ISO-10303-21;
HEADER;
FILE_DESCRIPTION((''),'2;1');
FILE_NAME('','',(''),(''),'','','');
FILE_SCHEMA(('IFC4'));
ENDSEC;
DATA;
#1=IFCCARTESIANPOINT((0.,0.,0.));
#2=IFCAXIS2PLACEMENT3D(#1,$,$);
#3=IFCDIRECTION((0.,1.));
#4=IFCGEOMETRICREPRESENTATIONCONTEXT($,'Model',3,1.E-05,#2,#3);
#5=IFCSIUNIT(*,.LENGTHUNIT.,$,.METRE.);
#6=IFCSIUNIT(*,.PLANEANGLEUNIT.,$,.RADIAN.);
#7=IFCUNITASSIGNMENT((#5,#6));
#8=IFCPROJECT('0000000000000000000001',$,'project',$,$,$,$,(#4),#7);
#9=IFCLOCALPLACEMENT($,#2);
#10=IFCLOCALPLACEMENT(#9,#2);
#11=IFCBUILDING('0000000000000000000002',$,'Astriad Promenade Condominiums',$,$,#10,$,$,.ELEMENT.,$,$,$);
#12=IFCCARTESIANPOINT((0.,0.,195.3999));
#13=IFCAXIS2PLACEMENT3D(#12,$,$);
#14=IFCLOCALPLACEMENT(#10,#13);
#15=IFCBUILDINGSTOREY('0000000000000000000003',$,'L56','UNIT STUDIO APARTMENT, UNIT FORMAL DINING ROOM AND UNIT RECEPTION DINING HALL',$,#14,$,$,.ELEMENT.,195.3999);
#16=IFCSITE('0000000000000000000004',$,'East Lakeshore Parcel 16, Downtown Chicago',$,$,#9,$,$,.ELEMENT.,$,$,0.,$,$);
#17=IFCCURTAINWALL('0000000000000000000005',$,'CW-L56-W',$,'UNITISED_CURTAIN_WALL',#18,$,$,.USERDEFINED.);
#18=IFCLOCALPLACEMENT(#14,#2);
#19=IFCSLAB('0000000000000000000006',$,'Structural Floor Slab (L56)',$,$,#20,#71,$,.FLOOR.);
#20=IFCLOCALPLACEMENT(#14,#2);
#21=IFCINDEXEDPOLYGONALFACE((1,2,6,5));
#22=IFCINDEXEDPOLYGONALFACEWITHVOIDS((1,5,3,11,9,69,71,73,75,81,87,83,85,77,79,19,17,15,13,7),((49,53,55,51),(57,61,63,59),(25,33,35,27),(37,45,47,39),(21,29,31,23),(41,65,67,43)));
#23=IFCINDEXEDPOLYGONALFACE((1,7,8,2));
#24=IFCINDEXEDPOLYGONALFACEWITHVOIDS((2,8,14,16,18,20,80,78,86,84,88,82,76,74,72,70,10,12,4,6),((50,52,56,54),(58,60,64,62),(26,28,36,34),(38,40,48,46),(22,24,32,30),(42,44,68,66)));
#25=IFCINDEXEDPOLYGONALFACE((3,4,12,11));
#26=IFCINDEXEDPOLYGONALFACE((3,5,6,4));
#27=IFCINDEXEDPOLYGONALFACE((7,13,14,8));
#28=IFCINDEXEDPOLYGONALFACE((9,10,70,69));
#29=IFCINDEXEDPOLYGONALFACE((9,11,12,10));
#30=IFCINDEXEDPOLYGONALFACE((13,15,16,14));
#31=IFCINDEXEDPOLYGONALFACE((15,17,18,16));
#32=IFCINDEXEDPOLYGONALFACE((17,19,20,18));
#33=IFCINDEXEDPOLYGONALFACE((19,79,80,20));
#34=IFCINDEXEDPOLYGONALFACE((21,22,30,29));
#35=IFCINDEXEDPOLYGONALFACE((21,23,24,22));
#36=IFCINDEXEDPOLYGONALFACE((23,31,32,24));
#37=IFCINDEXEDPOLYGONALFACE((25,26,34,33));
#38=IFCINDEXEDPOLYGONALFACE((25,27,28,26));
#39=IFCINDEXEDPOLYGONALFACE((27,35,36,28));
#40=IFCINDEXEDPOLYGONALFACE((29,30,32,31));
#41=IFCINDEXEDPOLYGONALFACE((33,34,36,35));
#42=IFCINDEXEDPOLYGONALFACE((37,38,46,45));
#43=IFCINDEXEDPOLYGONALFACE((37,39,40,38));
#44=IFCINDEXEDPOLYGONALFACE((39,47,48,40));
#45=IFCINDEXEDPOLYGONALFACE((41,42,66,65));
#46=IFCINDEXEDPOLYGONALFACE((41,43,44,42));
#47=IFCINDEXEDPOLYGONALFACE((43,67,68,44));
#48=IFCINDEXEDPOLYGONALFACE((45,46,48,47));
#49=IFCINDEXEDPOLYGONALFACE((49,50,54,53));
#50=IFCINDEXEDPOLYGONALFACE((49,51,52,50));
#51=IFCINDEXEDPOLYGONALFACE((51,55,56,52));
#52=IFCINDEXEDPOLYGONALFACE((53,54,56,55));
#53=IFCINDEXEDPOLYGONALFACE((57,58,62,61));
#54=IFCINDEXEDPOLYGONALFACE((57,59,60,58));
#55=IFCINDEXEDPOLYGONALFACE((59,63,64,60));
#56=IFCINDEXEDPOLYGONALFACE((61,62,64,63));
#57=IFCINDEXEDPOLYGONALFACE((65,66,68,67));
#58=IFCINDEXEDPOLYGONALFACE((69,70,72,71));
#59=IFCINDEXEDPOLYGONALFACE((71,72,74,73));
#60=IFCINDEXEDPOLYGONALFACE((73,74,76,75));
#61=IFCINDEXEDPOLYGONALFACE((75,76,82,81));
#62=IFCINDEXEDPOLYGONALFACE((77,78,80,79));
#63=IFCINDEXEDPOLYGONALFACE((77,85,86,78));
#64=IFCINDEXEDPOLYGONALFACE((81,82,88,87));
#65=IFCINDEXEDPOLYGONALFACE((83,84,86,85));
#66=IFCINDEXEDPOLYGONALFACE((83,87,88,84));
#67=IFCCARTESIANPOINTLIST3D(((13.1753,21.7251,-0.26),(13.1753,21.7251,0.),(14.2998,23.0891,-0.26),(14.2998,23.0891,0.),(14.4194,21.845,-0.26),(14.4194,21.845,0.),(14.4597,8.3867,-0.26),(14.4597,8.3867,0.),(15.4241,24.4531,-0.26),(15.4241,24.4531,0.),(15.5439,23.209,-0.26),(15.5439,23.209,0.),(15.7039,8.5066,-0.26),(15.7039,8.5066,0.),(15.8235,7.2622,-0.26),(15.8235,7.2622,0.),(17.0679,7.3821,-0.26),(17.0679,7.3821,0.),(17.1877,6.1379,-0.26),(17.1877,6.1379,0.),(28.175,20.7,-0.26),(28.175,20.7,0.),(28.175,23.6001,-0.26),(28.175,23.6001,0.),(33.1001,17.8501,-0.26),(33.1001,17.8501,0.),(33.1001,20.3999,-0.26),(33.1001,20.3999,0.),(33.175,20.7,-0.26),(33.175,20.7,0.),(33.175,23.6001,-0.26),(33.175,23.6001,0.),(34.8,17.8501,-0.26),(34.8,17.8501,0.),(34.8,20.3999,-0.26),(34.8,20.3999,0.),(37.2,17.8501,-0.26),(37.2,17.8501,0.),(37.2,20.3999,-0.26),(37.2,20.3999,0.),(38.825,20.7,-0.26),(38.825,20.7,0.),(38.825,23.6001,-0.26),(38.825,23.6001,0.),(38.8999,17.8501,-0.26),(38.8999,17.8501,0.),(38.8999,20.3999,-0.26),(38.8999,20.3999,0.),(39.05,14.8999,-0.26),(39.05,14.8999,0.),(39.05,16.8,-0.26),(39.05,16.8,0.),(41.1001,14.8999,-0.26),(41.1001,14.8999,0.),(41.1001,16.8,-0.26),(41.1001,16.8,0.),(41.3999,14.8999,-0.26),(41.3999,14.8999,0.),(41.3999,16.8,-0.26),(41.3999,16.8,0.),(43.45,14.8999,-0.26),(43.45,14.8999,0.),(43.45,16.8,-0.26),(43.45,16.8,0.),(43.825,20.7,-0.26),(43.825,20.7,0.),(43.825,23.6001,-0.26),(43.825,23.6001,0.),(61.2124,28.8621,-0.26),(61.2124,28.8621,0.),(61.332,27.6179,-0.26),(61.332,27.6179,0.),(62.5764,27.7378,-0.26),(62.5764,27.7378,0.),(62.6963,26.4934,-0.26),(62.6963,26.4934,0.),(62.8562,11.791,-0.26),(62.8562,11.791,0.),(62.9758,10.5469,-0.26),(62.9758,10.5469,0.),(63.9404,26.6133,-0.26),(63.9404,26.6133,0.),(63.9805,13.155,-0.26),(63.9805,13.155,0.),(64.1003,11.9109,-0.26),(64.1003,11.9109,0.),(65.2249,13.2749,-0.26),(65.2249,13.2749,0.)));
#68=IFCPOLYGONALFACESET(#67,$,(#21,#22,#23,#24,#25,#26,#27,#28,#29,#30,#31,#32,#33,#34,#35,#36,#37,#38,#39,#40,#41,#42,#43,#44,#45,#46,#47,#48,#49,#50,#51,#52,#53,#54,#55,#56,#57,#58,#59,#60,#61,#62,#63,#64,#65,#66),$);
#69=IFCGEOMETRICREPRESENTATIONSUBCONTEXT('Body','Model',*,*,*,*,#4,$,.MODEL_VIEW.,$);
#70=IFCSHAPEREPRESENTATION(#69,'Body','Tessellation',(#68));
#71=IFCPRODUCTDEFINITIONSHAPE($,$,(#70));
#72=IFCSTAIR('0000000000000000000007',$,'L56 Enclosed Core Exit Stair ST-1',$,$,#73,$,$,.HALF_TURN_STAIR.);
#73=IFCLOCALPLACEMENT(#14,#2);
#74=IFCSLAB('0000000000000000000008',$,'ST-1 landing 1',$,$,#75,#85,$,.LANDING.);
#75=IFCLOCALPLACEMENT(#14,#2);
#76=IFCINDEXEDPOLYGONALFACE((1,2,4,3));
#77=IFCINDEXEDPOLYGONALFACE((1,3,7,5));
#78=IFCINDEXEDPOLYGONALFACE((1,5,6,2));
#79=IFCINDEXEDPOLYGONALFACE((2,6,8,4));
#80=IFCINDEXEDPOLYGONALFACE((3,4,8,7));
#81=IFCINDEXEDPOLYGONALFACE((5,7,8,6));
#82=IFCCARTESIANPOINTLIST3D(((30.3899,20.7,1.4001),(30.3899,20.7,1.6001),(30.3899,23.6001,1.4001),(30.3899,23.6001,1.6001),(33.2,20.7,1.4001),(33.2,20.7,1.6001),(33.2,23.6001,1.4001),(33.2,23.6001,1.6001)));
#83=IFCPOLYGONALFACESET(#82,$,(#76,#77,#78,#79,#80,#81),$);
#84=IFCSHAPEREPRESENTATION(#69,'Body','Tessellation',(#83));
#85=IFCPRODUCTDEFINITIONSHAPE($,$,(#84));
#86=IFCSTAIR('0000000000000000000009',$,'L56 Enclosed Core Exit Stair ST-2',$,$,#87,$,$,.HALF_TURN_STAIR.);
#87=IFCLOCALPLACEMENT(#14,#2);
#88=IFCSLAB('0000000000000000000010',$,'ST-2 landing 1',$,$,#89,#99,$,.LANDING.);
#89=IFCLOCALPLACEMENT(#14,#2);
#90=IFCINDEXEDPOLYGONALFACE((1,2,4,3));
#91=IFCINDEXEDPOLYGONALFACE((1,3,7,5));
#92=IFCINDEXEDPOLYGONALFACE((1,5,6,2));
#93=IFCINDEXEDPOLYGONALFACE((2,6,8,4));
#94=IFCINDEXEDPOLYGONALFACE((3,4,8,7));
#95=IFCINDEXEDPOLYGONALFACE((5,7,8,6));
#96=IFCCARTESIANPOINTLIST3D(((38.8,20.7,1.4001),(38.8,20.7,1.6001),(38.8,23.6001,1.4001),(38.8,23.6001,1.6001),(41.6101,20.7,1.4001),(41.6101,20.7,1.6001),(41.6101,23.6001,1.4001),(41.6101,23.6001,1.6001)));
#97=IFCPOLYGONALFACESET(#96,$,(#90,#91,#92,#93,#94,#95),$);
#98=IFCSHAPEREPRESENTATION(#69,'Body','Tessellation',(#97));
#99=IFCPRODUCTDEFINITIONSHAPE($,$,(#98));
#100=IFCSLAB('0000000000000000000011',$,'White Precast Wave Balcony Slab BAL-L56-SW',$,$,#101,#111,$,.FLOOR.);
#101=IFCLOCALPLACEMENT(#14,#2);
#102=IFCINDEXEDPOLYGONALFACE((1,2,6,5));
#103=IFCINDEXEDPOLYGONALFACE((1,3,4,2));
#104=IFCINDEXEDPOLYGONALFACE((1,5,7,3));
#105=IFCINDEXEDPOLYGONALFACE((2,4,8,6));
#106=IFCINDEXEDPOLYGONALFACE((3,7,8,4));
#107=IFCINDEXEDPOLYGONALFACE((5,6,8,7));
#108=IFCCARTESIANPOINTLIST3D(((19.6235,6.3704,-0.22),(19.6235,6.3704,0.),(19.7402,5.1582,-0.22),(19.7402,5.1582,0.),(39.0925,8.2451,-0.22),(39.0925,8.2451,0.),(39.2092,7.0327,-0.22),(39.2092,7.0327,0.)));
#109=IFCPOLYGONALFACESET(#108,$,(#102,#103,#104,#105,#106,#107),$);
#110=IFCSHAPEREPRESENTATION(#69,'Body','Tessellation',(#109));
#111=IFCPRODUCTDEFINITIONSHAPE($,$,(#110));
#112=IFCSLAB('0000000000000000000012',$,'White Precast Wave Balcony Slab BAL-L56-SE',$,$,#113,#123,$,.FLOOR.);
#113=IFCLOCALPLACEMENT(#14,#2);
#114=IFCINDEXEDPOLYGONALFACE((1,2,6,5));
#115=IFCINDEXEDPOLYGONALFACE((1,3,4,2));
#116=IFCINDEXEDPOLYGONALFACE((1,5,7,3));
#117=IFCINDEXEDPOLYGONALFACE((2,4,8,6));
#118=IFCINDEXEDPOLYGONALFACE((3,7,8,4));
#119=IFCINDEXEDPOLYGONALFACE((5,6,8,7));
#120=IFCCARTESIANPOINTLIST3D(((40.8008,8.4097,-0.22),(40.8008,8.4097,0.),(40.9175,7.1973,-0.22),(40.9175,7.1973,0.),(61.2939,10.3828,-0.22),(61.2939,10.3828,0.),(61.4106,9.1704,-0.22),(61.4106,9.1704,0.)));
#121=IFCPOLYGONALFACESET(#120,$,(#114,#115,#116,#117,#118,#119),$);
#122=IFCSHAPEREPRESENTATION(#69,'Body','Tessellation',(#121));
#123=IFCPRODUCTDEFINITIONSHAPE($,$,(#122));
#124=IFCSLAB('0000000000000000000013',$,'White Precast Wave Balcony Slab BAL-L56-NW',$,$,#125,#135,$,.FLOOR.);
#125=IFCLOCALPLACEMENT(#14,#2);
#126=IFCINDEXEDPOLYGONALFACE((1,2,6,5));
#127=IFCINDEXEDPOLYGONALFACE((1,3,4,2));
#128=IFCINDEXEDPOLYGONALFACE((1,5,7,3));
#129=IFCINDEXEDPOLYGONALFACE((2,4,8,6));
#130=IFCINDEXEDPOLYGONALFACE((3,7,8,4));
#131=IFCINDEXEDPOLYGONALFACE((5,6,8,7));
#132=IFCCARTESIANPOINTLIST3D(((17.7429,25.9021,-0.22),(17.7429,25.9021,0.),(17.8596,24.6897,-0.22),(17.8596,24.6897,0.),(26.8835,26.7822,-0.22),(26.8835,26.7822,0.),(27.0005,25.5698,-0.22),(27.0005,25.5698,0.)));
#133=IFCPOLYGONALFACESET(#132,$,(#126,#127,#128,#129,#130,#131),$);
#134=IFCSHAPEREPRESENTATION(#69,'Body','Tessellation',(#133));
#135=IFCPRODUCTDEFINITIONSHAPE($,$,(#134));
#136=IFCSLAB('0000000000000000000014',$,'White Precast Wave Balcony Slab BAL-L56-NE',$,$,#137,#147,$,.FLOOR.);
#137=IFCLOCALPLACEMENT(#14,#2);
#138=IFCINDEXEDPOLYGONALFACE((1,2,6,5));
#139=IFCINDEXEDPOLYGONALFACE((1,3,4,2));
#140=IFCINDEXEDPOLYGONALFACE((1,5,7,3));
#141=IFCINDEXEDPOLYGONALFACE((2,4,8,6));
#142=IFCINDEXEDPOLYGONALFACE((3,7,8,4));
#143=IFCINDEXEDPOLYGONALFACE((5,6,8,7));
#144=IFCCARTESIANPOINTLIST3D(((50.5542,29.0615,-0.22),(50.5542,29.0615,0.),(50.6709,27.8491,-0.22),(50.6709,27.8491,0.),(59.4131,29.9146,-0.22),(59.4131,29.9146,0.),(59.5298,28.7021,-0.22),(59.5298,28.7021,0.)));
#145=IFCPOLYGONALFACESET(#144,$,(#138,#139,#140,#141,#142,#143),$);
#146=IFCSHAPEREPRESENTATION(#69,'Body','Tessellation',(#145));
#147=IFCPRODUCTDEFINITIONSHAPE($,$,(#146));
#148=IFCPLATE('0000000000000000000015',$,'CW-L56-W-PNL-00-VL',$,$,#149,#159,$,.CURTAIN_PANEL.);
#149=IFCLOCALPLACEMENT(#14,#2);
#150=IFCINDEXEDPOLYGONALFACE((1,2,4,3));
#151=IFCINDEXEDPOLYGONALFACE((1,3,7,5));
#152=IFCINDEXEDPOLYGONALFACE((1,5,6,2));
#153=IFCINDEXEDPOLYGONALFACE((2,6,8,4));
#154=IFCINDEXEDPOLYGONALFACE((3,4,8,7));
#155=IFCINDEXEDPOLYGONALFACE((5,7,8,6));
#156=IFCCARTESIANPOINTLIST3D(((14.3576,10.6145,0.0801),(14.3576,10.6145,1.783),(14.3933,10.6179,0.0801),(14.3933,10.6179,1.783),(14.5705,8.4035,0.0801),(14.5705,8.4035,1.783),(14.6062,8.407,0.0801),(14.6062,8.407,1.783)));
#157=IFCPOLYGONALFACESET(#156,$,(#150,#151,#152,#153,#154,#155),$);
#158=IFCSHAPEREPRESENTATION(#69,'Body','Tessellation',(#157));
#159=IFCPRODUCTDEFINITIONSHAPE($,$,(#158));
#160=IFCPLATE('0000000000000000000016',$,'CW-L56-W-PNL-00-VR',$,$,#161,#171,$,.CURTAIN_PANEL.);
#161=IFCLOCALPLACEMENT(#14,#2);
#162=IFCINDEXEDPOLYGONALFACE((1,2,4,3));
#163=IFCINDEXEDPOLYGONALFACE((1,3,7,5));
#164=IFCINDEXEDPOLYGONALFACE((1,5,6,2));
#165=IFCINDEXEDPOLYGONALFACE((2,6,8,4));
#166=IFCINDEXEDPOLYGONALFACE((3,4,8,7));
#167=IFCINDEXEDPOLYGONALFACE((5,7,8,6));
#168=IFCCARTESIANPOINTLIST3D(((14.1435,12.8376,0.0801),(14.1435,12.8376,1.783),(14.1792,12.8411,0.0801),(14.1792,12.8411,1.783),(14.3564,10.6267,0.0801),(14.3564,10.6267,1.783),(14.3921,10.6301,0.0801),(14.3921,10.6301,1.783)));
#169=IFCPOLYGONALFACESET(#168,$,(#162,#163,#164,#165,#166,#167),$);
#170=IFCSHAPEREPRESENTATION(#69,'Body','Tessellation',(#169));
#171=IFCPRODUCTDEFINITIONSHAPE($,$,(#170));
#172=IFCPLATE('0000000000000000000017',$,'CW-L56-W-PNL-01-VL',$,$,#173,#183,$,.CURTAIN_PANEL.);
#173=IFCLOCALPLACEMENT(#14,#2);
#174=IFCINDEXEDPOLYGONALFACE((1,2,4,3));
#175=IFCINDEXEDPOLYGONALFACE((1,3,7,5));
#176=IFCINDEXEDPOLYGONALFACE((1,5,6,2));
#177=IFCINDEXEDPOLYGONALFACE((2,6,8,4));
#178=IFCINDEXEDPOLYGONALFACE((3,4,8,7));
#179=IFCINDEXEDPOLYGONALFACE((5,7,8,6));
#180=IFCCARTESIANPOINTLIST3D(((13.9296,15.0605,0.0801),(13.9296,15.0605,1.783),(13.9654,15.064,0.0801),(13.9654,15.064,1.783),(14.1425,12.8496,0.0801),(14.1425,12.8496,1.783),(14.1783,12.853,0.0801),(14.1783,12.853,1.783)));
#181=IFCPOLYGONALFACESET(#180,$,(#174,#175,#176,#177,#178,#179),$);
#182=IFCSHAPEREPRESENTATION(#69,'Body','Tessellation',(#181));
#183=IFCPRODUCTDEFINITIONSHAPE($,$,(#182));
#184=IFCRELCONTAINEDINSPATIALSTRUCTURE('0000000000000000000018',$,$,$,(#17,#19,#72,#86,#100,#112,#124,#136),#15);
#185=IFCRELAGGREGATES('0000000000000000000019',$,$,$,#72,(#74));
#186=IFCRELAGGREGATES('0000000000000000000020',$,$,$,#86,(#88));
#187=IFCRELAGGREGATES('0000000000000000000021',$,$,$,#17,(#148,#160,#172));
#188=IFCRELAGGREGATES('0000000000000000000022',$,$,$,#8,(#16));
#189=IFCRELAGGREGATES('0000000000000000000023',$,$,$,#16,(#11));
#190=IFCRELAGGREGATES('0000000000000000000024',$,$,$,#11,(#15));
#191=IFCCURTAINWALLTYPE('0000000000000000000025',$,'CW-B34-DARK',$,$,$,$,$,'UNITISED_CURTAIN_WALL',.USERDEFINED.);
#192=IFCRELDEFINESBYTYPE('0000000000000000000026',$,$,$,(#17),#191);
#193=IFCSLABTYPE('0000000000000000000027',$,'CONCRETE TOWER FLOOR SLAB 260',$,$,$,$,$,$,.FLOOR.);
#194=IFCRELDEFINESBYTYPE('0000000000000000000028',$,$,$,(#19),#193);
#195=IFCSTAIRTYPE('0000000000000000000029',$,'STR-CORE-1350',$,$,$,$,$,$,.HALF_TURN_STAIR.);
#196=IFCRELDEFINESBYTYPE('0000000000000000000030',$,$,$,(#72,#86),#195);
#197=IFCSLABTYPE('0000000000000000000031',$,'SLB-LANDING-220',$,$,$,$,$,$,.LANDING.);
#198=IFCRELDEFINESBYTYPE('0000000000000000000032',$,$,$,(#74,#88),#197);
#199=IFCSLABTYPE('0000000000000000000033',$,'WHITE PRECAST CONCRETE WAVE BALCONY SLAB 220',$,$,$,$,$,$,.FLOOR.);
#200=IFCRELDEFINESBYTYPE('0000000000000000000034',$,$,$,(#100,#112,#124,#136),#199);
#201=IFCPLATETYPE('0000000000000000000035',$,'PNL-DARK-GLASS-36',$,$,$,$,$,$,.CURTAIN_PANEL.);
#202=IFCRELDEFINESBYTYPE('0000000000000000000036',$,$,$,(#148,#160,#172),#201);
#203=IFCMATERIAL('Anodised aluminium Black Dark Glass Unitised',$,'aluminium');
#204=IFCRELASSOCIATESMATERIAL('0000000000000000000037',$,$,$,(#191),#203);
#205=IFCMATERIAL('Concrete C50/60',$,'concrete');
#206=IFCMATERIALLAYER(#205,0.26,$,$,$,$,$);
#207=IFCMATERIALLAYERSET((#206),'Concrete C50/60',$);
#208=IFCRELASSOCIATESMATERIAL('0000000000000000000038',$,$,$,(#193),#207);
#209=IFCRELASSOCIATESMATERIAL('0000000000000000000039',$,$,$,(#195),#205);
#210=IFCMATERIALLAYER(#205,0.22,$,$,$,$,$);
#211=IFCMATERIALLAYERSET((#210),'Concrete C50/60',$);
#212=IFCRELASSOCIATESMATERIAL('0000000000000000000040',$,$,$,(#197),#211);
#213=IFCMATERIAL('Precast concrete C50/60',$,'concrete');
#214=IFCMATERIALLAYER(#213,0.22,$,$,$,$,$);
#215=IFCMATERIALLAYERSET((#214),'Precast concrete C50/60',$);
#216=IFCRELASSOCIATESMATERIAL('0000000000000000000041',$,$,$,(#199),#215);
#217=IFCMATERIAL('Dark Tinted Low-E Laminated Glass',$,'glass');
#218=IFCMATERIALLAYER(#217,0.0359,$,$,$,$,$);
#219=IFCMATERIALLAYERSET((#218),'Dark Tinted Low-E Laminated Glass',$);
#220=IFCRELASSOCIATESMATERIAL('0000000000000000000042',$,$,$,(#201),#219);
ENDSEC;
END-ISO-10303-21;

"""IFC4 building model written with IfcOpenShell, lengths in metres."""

from ifc_helpers import new_model, si_unit, direction, frame, origin, origin_2d, place, context, subcontext, project, spatial, polyline, rectangle, outline, extrude, source, transform, mapped, material, layer, layer_set, type_object, element, aggregate, save


model = new_model("IFC4")

# Units and contexts
model_context = context("Model", 3, precision=1e-05, world=origin(), true_north=direction((0.0, 1.0)))
body_context = subcontext(model_context, "Body", "Model", "MODEL_VIEW")
ifc_project = project(units=[si_unit("LENGTHUNIT", "METRE"), si_unit("PLANEANGLEUNIT", "RADIAN")], contexts=[model_context])

# Site, building, storey
site_placement = place(None, origin())
site = spatial("IfcSite", under=ifc_project, at=site_placement, Name="East Lakeshore Parcel 16, Downtown Chicago", CompositionType="ELEMENT", RefElevation=0.0)
building_placement = place(site_placement, origin())
building = spatial("IfcBuilding", under=site, at=building_placement, Name="Astriad Promenade Condominiums", CompositionType="ELEMENT")
storey_placement = place(building_placement, frame((0.0, 0.0, 195.3999)))
storey = spatial("IfcBuildingStorey", under=building, at=storey_placement, Name="L56", Description="UNIT STUDIO APARTMENT, UNIT FORMAL DINING ROOM AND UNIT RECEPTION DINING HALL", CompositionType="ELEMENT", Elevation=195.3999)

# Shared definitions
ifc_material_1 = material(Name="Concrete C50/60", Category="concrete")

# Curtain wall
ifc_material_2 = material(Name="Anodised aluminium Black Dark Glass Unitised", Category="aluminium")
curtain_wall_type = type_object("IfcCurtainWallType", Name="CW-B34-DARK", ElementType="UNITISED_CURTAIN_WALL", PredefinedType="USERDEFINED", material=ifc_material_2)
curtain_wall_placement = place(storey_placement, origin())
curtain_wall = element("IfcCurtainWall", 1, at=curtain_wall_placement, inside=storey, type_object=curtain_wall_type, Name="CW-L56-W", ObjectType="UNITISED_CURTAIN_WALL", PredefinedType="USERDEFINED")

# Slab
ifc_layer_1 = layer(ifc_material_1, 0.26)
ifc_layer_set_1 = layer_set([ifc_layer_1], Name="Concrete C50/60")
slab_type_1 = type_object("IfcSlabType", Name="CONCRETE TOWER FLOOR SLAB 260", PredefinedType="FLOOR", material=ifc_layer_set_1)
slab_1_placement = place(storey_placement, frame((0.0, 0.0, -0.26)))
element("IfcSlab", 2, at=slab_1_placement, inside=storey, type_object=slab_type_1, Name="Structural Floor Slab (L56)", PredefinedType="FLOOR", context=body_context, shape_type="SweptSolid", body=[
    extrude(outline(polyline([(17.1877, 6.1379), (62.9758, 10.5469), (62.8562, 11.791), (64.1003, 11.9109), (63.9805, 13.155), (65.2249, 13.2749), (63.9404, 26.6133), (62.6963, 26.4934), (62.5764, 27.7378), (61.332, 27.6179), (61.2124, 28.8621), (15.4241, 24.4531), (15.5439, 23.209), (14.2998, 23.0891), (14.4194, 21.845), (13.1753, 21.7251), (14.4597, 8.3867), (15.7039, 8.5066), (15.8235, 7.2622), (17.0679, 7.3821), (17.1877, 6.1379)]), holes=[polyline([(28.175, 20.7), (33.175, 20.7), (33.175, 23.6001), (28.175, 23.6001), (28.175, 20.7)]), polyline([(38.825, 20.7), (43.825, 20.7), (43.825, 23.6001), (38.825, 23.6001), (38.825, 20.7)]), polyline([(33.1001, 17.8501), (34.8, 17.8501), (34.8, 20.3999), (33.1001, 20.3999), (33.1001, 17.8501)]), polyline([(37.2, 17.8501), (38.8999, 17.8501), (38.8999, 20.3999), (37.2, 20.3999), (37.2, 17.8501)]), polyline([(39.05, 14.8999), (41.1001, 14.8999), (41.1001, 16.8), (39.05, 16.8), (39.05, 14.8999)]), polyline([(41.3999, 14.8999), (43.45, 14.8999), (43.45, 16.8), (41.3999, 16.8), (41.3999, 14.8999)])]), origin(), (0.0, 0.0, 1.0), 0.26),
])

# Stairs, slabs
stair_type = type_object("IfcStairType", Name="STR-CORE-1350", PredefinedType="HALF_TURN_STAIR", material=ifc_material_1)
stair_1_placement = place(storey_placement, origin())
stair_1 = element("IfcStair", 3, at=stair_1_placement, inside=storey, type_object=stair_type, Name="L56 Enclosed Core Exit Stair ST-1", PredefinedType="HALF_TURN_STAIR")
ifc_layer_2 = layer(ifc_material_1, 0.22)
ifc_layer_set_2 = layer_set([ifc_layer_2], Name="Concrete C50/60")
slab_type_2 = type_object("IfcSlabType", Name="SLB-LANDING-220", PredefinedType="LANDING", material=ifc_layer_set_2)
slab_2_placement = place(storey_placement, frame((0.0, 0.0, 1.4001)))
slab_2 = element("IfcSlab", 4, at=slab_2_placement, type_object=slab_type_2, Name="ST-1 landing 1", PredefinedType="LANDING", context=body_context, shape_type="SweptSolid", body=[
    extrude(outline(polyline([(30.3899, 20.7), (33.2, 20.7), (33.2, 23.6001), (30.3899, 23.6001), (30.3899, 20.7)])), origin(), (0.0, 0.0, 1.0), 0.2),
])
aggregate(stair_1, [slab_2])
stair_2_placement = place(storey_placement, origin())
stair_2 = element("IfcStair", 5, at=stair_2_placement, inside=storey, type_object=stair_type, Name="L56 Enclosed Core Exit Stair ST-2", PredefinedType="HALF_TURN_STAIR")
slab_3_placement = place(storey_placement, frame((0.0, 0.0, 1.4001)))
slab_3 = element("IfcSlab", 6, at=slab_3_placement, type_object=slab_type_2, Name="ST-2 landing 1", PredefinedType="LANDING", context=body_context, shape_type="SweptSolid", body=[
    extrude(outline(polyline([(41.6101, 23.6001), (38.8, 23.6001), (38.8, 20.7), (41.6101, 20.7), (41.6101, 23.6001)])), origin(), (0.0, 0.0, 1.0), 0.2),
])
aggregate(stair_2, [slab_3])

# Slabs
ifc_material_3 = material(Name="Precast concrete C50/60", Category="concrete")
ifc_layer_3 = layer(ifc_material_3, 0.22)
ifc_layer_set_3 = layer_set([ifc_layer_3], Name="Precast concrete C50/60")
slab_type_3 = type_object("IfcSlabType", Name="WHITE PRECAST CONCRETE WAVE BALCONY SLAB 220", PredefinedType="FLOOR", material=ifc_layer_set_3)
slab_4_placement = place(storey_placement, frame((0.0, 0.0, -0.22)))
element("IfcSlab", 7, at=slab_4_placement, inside=storey, type_object=slab_type_3, Name="White Precast Wave Balcony Slab BAL-L56-SW", PredefinedType="FLOOR", context=body_context, shape_type="SweptSolid", body=[
    extrude(outline(polyline([(39.2092, 7.0327), (19.7402, 5.1582), (19.6235, 6.3704), (39.0925, 8.2451), (39.2092, 7.0327)])), origin(), (0.0, 0.0, 1.0), 0.22),
])
slab_5_placement = place(storey_placement, frame((0.0, 0.0, -0.22)))
element("IfcSlab", 8, at=slab_5_placement, inside=storey, type_object=slab_type_3, Name="White Precast Wave Balcony Slab BAL-L56-SE", PredefinedType="FLOOR", context=body_context, shape_type="SweptSolid", body=[
    extrude(outline(polyline([(61.4106, 9.1704), (40.9175, 7.1973), (40.8008, 8.4097), (61.2939, 10.3828), (61.4106, 9.1704)])), origin(), (0.0, 0.0, 1.0), 0.22),
])
slab_6_placement = place(storey_placement, frame((0.0, 0.0, -0.22)))
element("IfcSlab", 9, at=slab_6_placement, inside=storey, type_object=slab_type_3, Name="White Precast Wave Balcony Slab BAL-L56-NW", PredefinedType="FLOOR", context=body_context, shape_type="SweptSolid", body=[
    extrude(outline(polyline([(17.7429, 25.9021), (26.8835, 26.7822), (27.0005, 25.5698), (17.8596, 24.6897), (17.7429, 25.9021)])), origin(), (0.0, 0.0, 1.0), 0.22),
])
slab_7_placement = place(storey_placement, frame((0.0, 0.0, -0.22)))
element("IfcSlab", 10, at=slab_7_placement, inside=storey, type_object=slab_type_3, Name="White Precast Wave Balcony Slab BAL-L56-NE", PredefinedType="FLOOR", context=body_context, shape_type="SweptSolid", body=[
    extrude(outline(polyline([(50.5542, 29.0615), (59.4131, 29.9146), (59.5298, 28.7021), (50.6709, 27.8491), (50.5542, 29.0615)])), origin(), (0.0, 0.0, 1.0), 0.22),
])

# Plates
ifc_material_4 = material(Name="Dark Tinted Low-E Laminated Glass", Category="glass")
ifc_layer_4 = layer(ifc_material_4, 0.0359)
ifc_layer_set_4 = layer_set([ifc_layer_4], Name="Dark Tinted Low-E Laminated Glass")
plate_type = type_object("IfcPlateType", Name="PNL-DARK-GLASS-36", PredefinedType="CURTAIN_PANEL", material=ifc_layer_set_4)
shared_shape_1 = source(origin(), body_context, "Body", "SweptSolid", [
    extrude(rectangle(XDim=2.2212, YDim=0.0359, at=origin_2d()), origin(), (0.0, 0.0, 1.0), 1.7029),
])
plate_1_placement = place(storey_placement, frame((14.4819, 9.5107, 0.0801), z_axis=(0.0, 0.0, 1.0), x_axis=(-0.095846, 0.995396, 0.0)))
plate_1 = element("IfcPlate", 11, at=plate_1_placement, type_object=plate_type, Name="CW-L56-W-PNL-00-VL", PredefinedType="CURTAIN_PANEL", context=body_context, shape_type="MappedRepresentation", body=[
    mapped(shared_shape_1, transform((0.0, 0.0, 0.0), scale=1.0)),
])
plate_2_placement = place(storey_placement, frame((14.2678, 11.7339, 0.0801), z_axis=(0.0, 0.0, 1.0), x_axis=(-0.095846, 0.995396, 0.0)))
plate_2 = element("IfcPlate", 12, at=plate_2_placement, type_object=plate_type, Name="CW-L56-W-PNL-00-VR", PredefinedType="CURTAIN_PANEL", context=body_context, shape_type="MappedRepresentation", body=[
    mapped(shared_shape_1, transform((0.0, 0.0, 0.0), scale=1.0)),
])
plate_3_placement = place(storey_placement, frame((14.054, 13.9568, 0.0801), z_axis=(0.0, 0.0, 1.0), x_axis=(-0.095846, 0.995396, 0.0)))
plate_3 = element("IfcPlate", 13, at=plate_3_placement, type_object=plate_type, Name="CW-L56-W-PNL-01-VL", PredefinedType="CURTAIN_PANEL", context=body_context, shape_type="MappedRepresentation", body=[
    mapped(shared_shape_1, transform((0.0, 0.0, 0.0), scale=1.0)),
])
aggregate(curtain_wall, [plate_1, plate_2, plate_3])

save(model, "model.ifc")
